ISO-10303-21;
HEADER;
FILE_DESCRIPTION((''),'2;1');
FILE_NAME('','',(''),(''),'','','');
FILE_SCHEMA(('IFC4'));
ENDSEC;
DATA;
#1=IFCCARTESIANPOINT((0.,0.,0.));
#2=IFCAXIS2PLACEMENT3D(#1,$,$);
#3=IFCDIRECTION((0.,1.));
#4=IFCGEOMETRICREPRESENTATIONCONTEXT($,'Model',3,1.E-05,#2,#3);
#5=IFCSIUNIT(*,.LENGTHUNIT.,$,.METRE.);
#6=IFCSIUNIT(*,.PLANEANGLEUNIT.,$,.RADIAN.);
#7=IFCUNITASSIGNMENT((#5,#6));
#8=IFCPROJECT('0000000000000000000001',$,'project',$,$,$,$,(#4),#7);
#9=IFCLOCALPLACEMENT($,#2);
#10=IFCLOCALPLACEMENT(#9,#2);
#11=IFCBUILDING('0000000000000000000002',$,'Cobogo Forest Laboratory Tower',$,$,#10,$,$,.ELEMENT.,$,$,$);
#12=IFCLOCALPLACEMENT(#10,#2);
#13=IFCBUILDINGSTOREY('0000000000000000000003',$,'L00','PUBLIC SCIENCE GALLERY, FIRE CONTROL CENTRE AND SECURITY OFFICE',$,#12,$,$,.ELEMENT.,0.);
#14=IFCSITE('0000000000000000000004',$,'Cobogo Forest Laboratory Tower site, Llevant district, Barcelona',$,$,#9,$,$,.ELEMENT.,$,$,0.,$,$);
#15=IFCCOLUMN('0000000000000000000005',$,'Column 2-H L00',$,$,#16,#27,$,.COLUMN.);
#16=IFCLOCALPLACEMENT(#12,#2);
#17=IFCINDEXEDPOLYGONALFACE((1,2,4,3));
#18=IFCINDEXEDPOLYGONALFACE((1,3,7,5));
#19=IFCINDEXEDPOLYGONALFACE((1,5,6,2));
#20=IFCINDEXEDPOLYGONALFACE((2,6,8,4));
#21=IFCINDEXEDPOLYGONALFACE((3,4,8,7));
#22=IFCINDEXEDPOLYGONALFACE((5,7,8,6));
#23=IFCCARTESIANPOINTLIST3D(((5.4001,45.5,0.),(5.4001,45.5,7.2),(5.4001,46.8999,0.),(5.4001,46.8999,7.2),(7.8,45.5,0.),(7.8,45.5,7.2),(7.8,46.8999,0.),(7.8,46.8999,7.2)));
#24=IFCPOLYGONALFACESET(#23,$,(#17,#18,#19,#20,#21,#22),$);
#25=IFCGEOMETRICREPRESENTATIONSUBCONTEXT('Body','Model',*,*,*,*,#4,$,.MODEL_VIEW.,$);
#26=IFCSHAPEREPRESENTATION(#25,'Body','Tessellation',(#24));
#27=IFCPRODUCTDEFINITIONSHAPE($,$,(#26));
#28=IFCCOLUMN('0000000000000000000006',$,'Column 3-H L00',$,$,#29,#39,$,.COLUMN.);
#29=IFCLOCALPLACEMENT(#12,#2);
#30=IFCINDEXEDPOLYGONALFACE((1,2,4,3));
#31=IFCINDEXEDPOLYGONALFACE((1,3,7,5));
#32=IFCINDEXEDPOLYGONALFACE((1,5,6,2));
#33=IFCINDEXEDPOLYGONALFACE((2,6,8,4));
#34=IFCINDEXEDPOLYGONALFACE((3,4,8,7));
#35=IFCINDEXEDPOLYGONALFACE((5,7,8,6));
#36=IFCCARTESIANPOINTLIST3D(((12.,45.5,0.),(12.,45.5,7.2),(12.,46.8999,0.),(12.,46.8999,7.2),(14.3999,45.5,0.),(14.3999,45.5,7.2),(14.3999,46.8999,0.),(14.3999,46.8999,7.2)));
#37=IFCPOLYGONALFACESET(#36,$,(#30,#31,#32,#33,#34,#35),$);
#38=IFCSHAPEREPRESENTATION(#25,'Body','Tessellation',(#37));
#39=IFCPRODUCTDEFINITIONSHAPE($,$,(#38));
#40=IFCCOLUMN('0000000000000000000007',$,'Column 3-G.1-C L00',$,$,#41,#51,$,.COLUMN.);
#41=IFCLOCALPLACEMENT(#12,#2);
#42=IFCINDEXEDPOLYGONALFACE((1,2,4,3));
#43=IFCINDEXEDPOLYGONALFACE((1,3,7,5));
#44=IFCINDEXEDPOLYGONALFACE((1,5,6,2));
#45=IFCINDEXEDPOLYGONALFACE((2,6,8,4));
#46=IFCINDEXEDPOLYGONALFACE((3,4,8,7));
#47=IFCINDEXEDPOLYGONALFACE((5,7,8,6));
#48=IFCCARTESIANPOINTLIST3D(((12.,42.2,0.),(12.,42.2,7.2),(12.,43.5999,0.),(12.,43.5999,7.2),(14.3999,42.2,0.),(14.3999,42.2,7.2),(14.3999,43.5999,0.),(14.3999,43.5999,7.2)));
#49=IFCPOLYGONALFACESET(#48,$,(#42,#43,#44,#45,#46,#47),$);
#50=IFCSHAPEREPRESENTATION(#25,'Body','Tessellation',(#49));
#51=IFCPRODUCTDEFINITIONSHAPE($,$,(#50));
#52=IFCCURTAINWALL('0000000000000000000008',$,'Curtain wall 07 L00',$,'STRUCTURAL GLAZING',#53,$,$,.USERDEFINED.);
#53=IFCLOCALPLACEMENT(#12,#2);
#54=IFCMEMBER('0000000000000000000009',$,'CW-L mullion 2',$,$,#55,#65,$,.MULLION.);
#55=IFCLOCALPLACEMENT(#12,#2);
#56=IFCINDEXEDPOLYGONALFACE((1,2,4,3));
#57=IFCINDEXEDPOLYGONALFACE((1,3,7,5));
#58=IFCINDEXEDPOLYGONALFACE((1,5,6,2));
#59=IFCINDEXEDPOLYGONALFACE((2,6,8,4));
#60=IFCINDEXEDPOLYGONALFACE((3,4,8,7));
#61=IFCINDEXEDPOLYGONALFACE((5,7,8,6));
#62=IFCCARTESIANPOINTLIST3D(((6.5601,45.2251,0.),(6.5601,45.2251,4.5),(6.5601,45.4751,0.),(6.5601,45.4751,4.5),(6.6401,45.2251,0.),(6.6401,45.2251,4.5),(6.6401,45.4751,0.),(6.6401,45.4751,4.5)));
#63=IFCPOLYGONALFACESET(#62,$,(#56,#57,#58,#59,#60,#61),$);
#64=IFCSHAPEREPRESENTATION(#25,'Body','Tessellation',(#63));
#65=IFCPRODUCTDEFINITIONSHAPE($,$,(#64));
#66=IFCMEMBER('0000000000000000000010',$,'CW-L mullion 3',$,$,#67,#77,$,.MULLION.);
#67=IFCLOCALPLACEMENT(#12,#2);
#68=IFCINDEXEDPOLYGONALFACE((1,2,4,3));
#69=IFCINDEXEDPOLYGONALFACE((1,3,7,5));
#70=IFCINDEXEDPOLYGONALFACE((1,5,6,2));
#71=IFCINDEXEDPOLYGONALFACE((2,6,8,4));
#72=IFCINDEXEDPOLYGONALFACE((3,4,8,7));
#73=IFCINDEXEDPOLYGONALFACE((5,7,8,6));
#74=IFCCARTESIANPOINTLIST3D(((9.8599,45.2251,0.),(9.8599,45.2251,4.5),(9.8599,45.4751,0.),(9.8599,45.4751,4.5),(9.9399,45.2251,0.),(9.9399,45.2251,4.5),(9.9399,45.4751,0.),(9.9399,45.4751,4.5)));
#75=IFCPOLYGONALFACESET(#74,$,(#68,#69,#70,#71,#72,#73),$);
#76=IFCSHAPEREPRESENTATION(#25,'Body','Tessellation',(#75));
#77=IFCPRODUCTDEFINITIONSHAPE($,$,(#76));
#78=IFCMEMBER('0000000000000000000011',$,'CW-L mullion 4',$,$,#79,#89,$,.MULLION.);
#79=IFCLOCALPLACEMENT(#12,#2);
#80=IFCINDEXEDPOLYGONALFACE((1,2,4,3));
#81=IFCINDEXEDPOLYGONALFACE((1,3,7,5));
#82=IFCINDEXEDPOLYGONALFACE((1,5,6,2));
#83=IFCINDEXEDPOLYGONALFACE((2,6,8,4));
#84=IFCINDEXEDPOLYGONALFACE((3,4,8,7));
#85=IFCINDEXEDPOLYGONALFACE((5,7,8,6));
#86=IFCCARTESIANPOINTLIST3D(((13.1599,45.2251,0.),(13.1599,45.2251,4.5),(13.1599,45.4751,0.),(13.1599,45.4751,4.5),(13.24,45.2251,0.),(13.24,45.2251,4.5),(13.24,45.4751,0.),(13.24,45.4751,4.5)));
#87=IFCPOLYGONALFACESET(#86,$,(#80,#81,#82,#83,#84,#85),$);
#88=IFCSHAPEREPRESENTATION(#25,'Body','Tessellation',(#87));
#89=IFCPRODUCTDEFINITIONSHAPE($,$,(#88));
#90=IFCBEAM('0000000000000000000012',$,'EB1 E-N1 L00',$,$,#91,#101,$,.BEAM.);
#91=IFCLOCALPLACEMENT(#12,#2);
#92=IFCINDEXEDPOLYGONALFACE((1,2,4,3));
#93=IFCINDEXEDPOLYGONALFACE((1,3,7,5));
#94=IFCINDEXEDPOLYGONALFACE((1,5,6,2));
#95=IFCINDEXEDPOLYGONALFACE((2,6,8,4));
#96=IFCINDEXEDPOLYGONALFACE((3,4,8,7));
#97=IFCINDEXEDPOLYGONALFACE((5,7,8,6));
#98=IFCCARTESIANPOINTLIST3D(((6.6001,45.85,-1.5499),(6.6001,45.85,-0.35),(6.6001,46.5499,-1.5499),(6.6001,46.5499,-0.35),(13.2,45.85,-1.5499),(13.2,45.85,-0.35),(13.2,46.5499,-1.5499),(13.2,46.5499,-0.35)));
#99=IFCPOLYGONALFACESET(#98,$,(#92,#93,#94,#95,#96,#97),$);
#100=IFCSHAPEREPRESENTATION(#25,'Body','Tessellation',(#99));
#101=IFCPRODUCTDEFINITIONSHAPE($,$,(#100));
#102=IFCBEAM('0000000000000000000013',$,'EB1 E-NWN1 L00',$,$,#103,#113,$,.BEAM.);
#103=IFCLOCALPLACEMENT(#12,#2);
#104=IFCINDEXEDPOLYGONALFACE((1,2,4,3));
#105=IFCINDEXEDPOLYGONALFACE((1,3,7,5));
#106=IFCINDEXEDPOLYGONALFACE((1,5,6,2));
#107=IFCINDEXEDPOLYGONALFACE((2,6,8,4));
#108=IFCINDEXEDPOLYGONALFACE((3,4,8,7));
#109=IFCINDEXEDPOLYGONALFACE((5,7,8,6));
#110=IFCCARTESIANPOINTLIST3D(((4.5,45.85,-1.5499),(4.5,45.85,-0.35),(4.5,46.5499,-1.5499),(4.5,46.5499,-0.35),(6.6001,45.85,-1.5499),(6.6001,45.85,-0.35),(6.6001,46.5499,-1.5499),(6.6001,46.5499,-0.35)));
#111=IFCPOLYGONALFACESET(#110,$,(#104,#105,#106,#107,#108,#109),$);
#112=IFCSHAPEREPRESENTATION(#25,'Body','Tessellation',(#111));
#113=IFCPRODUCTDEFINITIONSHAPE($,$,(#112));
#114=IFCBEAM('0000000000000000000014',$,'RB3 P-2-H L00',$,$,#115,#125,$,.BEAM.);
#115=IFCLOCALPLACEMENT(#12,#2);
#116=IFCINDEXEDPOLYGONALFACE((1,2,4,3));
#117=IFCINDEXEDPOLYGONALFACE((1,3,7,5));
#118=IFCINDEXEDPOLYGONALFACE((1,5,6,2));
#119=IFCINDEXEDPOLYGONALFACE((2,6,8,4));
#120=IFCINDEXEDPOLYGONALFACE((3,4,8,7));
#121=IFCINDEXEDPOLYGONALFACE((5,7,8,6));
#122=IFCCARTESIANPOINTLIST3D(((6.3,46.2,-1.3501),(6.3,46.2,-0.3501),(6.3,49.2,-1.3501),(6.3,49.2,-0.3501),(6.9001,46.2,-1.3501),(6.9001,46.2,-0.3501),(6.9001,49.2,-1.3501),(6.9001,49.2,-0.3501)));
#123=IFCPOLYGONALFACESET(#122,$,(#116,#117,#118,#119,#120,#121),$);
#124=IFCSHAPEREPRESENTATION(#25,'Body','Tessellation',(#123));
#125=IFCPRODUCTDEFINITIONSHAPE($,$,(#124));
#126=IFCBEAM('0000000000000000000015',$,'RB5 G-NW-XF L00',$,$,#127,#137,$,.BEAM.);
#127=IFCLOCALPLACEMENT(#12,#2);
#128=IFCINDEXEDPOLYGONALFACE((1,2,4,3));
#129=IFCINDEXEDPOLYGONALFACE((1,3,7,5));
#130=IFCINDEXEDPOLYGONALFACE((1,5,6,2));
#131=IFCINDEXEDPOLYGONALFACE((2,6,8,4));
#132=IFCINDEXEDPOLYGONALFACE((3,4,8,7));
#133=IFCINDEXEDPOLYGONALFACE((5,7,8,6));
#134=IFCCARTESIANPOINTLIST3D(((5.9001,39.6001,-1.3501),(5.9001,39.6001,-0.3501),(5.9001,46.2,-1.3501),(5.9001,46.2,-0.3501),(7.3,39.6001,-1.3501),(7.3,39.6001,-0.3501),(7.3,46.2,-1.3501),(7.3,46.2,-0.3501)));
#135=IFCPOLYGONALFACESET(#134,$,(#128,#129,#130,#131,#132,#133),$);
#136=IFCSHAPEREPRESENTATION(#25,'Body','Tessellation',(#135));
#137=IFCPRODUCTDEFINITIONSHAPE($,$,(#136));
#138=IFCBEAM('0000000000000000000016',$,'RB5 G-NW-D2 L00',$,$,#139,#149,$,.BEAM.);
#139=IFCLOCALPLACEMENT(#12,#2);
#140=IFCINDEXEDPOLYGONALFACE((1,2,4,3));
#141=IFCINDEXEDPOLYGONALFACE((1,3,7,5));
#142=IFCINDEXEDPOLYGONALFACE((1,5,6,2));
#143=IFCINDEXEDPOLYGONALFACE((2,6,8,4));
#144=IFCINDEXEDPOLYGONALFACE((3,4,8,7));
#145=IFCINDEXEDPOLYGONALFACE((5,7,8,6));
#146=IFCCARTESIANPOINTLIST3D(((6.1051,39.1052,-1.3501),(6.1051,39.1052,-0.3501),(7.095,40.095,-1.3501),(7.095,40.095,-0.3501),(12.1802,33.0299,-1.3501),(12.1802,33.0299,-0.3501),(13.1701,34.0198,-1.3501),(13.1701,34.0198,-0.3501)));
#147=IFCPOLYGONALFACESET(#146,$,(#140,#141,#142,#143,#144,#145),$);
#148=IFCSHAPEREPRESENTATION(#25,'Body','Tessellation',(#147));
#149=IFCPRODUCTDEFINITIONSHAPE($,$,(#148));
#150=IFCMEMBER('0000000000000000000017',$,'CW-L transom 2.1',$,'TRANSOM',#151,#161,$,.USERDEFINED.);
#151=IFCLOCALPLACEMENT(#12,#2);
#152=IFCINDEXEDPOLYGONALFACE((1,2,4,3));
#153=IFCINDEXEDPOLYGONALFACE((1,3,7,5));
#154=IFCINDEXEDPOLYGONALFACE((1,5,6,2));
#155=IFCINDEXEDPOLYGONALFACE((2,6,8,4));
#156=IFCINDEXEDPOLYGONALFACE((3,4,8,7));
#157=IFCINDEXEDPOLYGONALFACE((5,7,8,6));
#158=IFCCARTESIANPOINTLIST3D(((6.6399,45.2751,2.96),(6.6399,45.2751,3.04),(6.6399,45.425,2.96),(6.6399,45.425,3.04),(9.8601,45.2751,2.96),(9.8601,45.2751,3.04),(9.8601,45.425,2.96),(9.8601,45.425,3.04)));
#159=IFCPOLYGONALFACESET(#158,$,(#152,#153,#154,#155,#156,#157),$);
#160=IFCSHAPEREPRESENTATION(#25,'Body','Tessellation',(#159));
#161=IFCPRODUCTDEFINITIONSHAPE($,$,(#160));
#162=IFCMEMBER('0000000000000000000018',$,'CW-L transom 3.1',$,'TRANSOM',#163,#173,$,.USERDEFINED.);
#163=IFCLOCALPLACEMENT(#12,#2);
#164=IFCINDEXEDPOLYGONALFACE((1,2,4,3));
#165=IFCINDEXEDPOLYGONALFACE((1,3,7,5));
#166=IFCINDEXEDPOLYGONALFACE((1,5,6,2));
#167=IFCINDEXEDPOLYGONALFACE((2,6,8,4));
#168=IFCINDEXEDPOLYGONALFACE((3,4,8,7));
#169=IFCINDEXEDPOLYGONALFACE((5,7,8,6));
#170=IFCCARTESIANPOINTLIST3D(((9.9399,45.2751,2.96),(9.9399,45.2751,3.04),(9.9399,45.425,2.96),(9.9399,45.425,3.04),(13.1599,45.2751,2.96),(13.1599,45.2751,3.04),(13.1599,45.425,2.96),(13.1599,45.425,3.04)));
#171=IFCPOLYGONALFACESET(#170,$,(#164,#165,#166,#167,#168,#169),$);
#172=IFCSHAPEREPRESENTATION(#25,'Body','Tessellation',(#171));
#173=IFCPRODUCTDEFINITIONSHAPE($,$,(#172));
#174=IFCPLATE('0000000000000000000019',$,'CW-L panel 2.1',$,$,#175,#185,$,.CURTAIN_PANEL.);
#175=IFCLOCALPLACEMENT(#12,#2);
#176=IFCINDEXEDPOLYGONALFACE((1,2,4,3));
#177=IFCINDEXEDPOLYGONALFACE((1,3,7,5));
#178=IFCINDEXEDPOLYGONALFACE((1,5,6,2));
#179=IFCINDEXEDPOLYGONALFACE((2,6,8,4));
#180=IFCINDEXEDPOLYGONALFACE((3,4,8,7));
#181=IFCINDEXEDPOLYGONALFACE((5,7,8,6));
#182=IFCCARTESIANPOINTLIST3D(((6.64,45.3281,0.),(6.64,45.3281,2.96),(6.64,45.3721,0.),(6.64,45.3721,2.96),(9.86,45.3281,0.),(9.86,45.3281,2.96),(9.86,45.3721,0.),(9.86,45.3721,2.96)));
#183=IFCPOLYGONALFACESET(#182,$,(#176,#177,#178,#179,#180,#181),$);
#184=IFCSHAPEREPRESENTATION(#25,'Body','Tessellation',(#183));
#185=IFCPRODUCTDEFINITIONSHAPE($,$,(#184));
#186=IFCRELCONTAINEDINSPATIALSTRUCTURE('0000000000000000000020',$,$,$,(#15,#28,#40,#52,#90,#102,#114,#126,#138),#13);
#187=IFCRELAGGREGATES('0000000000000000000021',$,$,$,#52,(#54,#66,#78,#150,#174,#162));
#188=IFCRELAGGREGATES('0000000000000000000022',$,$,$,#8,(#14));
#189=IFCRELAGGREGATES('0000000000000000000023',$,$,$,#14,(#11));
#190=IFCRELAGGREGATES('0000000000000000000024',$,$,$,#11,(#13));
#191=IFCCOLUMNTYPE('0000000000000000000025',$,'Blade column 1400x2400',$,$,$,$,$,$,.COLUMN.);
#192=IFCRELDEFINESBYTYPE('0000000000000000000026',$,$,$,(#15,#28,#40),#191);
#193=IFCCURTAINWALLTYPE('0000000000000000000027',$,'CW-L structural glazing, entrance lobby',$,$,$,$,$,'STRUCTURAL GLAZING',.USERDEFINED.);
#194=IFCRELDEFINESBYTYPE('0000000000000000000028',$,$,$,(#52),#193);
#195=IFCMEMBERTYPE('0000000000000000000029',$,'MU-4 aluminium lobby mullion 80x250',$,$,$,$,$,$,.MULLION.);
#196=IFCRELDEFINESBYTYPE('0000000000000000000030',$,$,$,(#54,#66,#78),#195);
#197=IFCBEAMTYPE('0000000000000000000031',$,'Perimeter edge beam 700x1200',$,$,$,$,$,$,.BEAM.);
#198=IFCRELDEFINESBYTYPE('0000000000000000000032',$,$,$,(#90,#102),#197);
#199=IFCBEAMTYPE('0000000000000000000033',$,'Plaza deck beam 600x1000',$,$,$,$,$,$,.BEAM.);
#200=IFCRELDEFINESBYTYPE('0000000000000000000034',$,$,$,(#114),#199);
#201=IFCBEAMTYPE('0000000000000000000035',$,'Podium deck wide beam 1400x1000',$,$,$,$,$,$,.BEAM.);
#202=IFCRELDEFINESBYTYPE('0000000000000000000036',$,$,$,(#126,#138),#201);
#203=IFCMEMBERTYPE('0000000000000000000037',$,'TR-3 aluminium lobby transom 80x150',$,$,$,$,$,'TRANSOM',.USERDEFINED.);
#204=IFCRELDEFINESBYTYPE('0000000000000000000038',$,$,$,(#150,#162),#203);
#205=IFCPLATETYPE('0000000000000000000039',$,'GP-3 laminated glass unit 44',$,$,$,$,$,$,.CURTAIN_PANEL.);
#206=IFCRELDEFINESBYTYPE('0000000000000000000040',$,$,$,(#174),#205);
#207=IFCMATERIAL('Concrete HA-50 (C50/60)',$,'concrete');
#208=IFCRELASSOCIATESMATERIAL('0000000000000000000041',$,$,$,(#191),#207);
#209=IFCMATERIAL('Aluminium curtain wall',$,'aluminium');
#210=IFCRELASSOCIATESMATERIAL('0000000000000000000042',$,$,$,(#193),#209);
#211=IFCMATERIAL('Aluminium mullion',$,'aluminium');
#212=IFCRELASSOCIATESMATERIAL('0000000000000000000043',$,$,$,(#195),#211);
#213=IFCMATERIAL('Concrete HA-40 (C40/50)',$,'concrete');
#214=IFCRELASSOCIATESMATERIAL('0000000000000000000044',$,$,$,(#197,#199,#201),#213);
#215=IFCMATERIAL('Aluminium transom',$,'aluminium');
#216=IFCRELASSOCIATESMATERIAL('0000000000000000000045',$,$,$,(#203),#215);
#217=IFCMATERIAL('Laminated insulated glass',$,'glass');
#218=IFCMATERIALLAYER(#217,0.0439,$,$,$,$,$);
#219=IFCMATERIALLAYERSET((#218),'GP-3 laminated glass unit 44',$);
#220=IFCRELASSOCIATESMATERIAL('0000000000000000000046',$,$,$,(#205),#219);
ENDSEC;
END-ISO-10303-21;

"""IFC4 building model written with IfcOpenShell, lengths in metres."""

from ifc_helpers import new_model, si_unit, direction, frame, origin, origin_2d, place, context, subcontext, project, spatial, rectangle, extrude, material, layer, layer_set, material_profile, profile_set, type_object, element, aggregate, save


model = new_model("IFC4")

# Units and contexts
model_context = context("Model", 3, precision=1e-05, world=origin(), true_north=direction((0.0, 1.0)))
body_context = subcontext(model_context, "Body", "Model", "MODEL_VIEW")
ifc_project = project(units=[si_unit("LENGTHUNIT", "METRE"), si_unit("PLANEANGLEUNIT", "RADIAN")], contexts=[model_context])

# Site, building, storey
site_placement = place(None, origin())
site = spatial("IfcSite", under=ifc_project, at=site_placement, Name="Cobogo Forest Laboratory Tower site, Llevant district, Barcelona", CompositionType="ELEMENT", RefElevation=0.0)
building_placement = place(site_placement, origin())
building = spatial("IfcBuilding", under=site, at=building_placement, Name="Cobogo Forest Laboratory Tower", CompositionType="ELEMENT")
storey_placement = place(building_placement, origin())
storey = spatial("IfcBuildingStorey", under=building, at=storey_placement, Name="L00", Description="PUBLIC SCIENCE GALLERY, FIRE CONTROL CENTRE AND SECURITY OFFICE", CompositionType="ELEMENT", Elevation=0.0)

# Columns
ifc_material_1 = material(Name="Concrete HA-50 (C50/60)", Category="concrete")
ifc_material_profile_1 = material_profile(ifc_material_1, rectangle(XDim=2.3999, YDim=1.3999, at=origin_2d()), Name="RC 1400x2400")
ifc_profile_set_1 = profile_set([ifc_material_profile_1], Name="Concrete HA-50 (C50/60)")
column_type = type_object("IfcColumnType", Name="Blade column 1400x2400", PredefinedType="COLUMN", material=ifc_profile_set_1)
for number, where, z_axis, x_axis, name in (
    (1, (6.6001, 46.2, 0.0), (0.0, 0.0, 1.0), (1.0, 0.0, 0.0), "Column 2-H L00"),
    (2, (13.2, 46.2, 0.0), (0.0, 0.0, 1.0), (1.0, 0.0, 0.0), "Column 3-H L00"),
    (3, (13.2, 42.8999, 0.0), (0.0, 0.0, 1.0), (1.0, 0.0, 0.0), "Column 3-G.1-C L00"),
):
    element("IfcColumn", number, at=place(storey_placement, frame(where, z_axis=z_axis, x_axis=x_axis)), inside=storey, type_object=column_type, Name=name, PredefinedType="COLUMN", context=body_context, shape_type="SweptSolid", body=[
        extrude(rectangle(XDim=2.3999, YDim=1.3999, at=origin_2d()), origin(), (0.0, 0.0, 1.0), 7.2),
    ])

# Curtain wall, members
ifc_material_2 = material(Name="Aluminium curtain wall", Category="aluminium")
curtain_wall_type = type_object("IfcCurtainWallType", Name="CW-L structural glazing, entrance lobby", ElementType="STRUCTURAL GLAZING", PredefinedType="USERDEFINED", material=ifc_material_2)
curtain_wall_placement = place(storey_placement, origin())
curtain_wall = element("IfcCurtainWall", 4, at=curtain_wall_placement, inside=storey, type_object=curtain_wall_type, Name="Curtain wall 07 L00", ObjectType="STRUCTURAL GLAZING", PredefinedType="USERDEFINED")
ifc_material_3 = material(Name="Aluminium mullion", Category="aluminium")
ifc_material_profile_2 = material_profile(ifc_material_3, rectangle(XDim=0.0801, YDim=0.25, at=origin_2d()), Name="AL 80x250")
ifc_profile_set_2 = profile_set([ifc_material_profile_2], Name="Aluminium mullion")
member_type_1 = type_object("IfcMemberType", Name="MU-4 aluminium lobby mullion 80x250", PredefinedType="MULLION", material=ifc_profile_set_2)
member_1_placement = place(storey_placement, frame((6.6001, 45.3501, 0.0), z_axis=(0.0, 0.0, 1.0), x_axis=(1.0, 0.0, 0.0)))
member_1 = element("IfcMember", 5, at=member_1_placement, type_object=member_type_1, Name="CW-L mullion 2", PredefinedType="MULLION", context=body_context, shape_type="SweptSolid", body=[
    extrude(rectangle(XDim=0.0801, YDim=0.25, at=origin_2d()), origin(), (0.0, 0.0, 1.0), 4.5),
])
member_2_placement = place(storey_placement, frame((9.8999, 45.3501, 0.0), z_axis=(0.0, 0.0, 1.0), x_axis=(1.0, 0.0, 0.0)))
member_2 = element("IfcMember", 6, at=member_2_placement, type_object=member_type_1, Name="CW-L mullion 3", PredefinedType="MULLION", context=body_context, shape_type="SweptSolid", body=[
    extrude(rectangle(XDim=0.0801, YDim=0.25, at=origin_2d()), origin(), (0.0, 0.0, 1.0), 4.5),
])
member_3_placement = place(storey_placement, frame((13.2, 45.3501, 0.0), z_axis=(0.0, 0.0, 1.0), x_axis=(1.0, 0.0, 0.0)))
member_3 = element("IfcMember", 7, at=member_3_placement, type_object=member_type_1, Name="CW-L mullion 4", PredefinedType="MULLION", context=body_context, shape_type="SweptSolid", body=[
    extrude(rectangle(XDim=0.0801, YDim=0.25, at=origin_2d()), origin(), (0.0, 0.0, 1.0), 4.5),
])

# Beams
ifc_material_4 = material(Name="Concrete HA-40 (C40/50)", Category="concrete")
ifc_material_profile_3 = material_profile(ifc_material_4, rectangle(XDim=0.7, YDim=1.2, at=origin_2d()), Name="RC 700x1200")
ifc_profile_set_3 = profile_set([ifc_material_profile_3], Name="Concrete HA-40 (C40/50)")
beam_type_1 = type_object("IfcBeamType", Name="Perimeter edge beam 700x1200", PredefinedType="BEAM", material=ifc_profile_set_3)
beam_1_placement = place(storey_placement, frame((6.6001, 46.2, -0.95), z_axis=(1.0, 0.0, 0.0), x_axis=(0.0, 1.0, 0.0)))
element("IfcBeam", 8, at=beam_1_placement, inside=storey, type_object=beam_type_1, Name="EB1 E-N1 L00", PredefinedType="BEAM", context=body_context, shape_type="SweptSolid", body=[
    extrude(rectangle(XDim=0.7, YDim=1.2, at=origin_2d()), origin(), (0.0, 0.0, 1.0), 6.5999),
])
beam_2_placement = place(storey_placement, frame((6.6001, 46.2, -0.95), z_axis=(-1.0, 0.0, 0.0), x_axis=(0.0, -1.0, 0.0)))
element("IfcBeam", 9, at=beam_2_placement, inside=storey, type_object=beam_type_1, Name="EB1 E-NWN1 L00", PredefinedType="BEAM", context=body_context, shape_type="SweptSolid", body=[
    extrude(rectangle(XDim=0.7, YDim=1.2, at=origin_2d()), origin(), (0.0, 0.0, 1.0), 2.1001),
])
ifc_material_profile_4 = material_profile(ifc_material_4, rectangle(XDim=0.6001, YDim=1.0, at=origin_2d()), Name="RC 600x1000")
ifc_profile_set_4 = profile_set([ifc_material_profile_4], Name="Concrete HA-40 (C40/50)")
beam_type_2 = type_object("IfcBeamType", Name="Plaza deck beam 600x1000", PredefinedType="BEAM", material=ifc_profile_set_4)
beam_3_placement = place(storey_placement, frame((6.6001, 46.2, -0.8501), z_axis=(0.0, 1.0, 0.0), x_axis=(-1.0, 0.0, 0.0)))
element("IfcBeam", 10, at=beam_3_placement, inside=storey, type_object=beam_type_2, Name="RB3 P-2-H L00", PredefinedType="BEAM", context=body_context, shape_type="SweptSolid", body=[
    extrude(rectangle(XDim=0.6001, YDim=1.0, at=origin_2d()), origin(), (0.0, 0.0, 1.0), 3.0),
])
ifc_material_profile_5 = material_profile(ifc_material_4, rectangle(XDim=1.3999, YDim=1.0, at=origin_2d()), Name="RC 1400x1000")
ifc_profile_set_5 = profile_set([ifc_material_profile_5], Name="Concrete HA-40 (C40/50)")
beam_type_3 = type_object("IfcBeamType", Name="Podium deck wide beam 1400x1000", PredefinedType="BEAM", material=ifc_profile_set_5)
beam_4_placement = place(storey_placement, frame((6.6001, 46.2, -0.8501), z_axis=(0.0, -1.0, 0.0), x_axis=(1.0, 0.0, 0.0)))
element("IfcBeam", 11, at=beam_4_placement, inside=storey, type_object=beam_type_3, Name="RB5 G-NW-XF L00", PredefinedType="BEAM", context=body_context, shape_type="SweptSolid", body=[
    extrude(rectangle(XDim=1.3999, YDim=1.0, at=origin_2d()), origin(), (0.0, 0.0, 1.0), 6.5999),
])
beam_5_placement = place(storey_placement, frame((6.6001, 39.6001, -0.8501), z_axis=(0.707093, -0.707121, 0.0), x_axis=(0.707121, 0.707093, 0.0)))
element("IfcBeam", 12, at=beam_5_placement, inside=storey, type_object=beam_type_3, Name="RB5 G-NW-D2 L00", PredefinedType="BEAM", context=body_context, shape_type="SweptSolid", body=[
    extrude(rectangle(XDim=1.3999, YDim=1.0, at=origin_2d()), origin(), (0.0, 0.0, 1.0), 8.5916),
])

# Members
ifc_material_5 = material(Name="Aluminium transom", Category="aluminium")
ifc_material_profile_6 = material_profile(ifc_material_5, rectangle(XDim=0.1499, YDim=0.0801, at=origin_2d()), Name="AL 80x150")
ifc_profile_set_6 = profile_set([ifc_material_profile_6], Name="Aluminium transom")
member_type_2 = type_object("IfcMemberType", Name="TR-3 aluminium lobby transom 80x150", ElementType="TRANSOM", PredefinedType="USERDEFINED", material=ifc_profile_set_6)
member_4_placement = place(storey_placement, frame((6.6399, 45.3501, 3.0), z_axis=(1.0, 0.0, 0.0), x_axis=(0.0, 1.0, 0.0)))
member_4 = element("IfcMember", 13, at=member_4_placement, type_object=member_type_2, Name="CW-L transom 2.1", ObjectType="TRANSOM", PredefinedType="USERDEFINED", context=body_context, shape_type="SweptSolid", body=[
    extrude(rectangle(XDim=0.1499, YDim=0.0801, at=origin_2d()), origin(), (0.0, 0.0, 1.0), 3.2202),
])
member_5_placement = place(storey_placement, frame((9.9399, 45.3501, 3.0), z_axis=(1.0, 0.0, 0.0), x_axis=(0.0, 1.0, 0.0)))
member_5 = element("IfcMember", 14, at=member_5_placement, type_object=member_type_2, Name="CW-L transom 3.1", ObjectType="TRANSOM", PredefinedType="USERDEFINED", context=body_context, shape_type="SweptSolid", body=[
    extrude(rectangle(XDim=0.1499, YDim=0.0801, at=origin_2d()), origin(), (0.0, 0.0, 1.0), 3.22),
])

# Plate
ifc_material_6 = material(Name="Laminated insulated glass", Category="glass")
ifc_layer_1 = layer(ifc_material_6, 0.0439)
ifc_layer_set_1 = layer_set([ifc_layer_1], Name="GP-3 laminated glass unit 44")
plate_type = type_object("IfcPlateType", Name="GP-3 laminated glass unit 44", PredefinedType="CURTAIN_PANEL", material=ifc_layer_set_1)
plate_1_placement = place(storey_placement, frame((8.25, 45.3501, 0.0), z_axis=(0.0, 0.0, 1.0), x_axis=(1.0, 0.0, 0.0)))
plate_1 = element("IfcPlate", 15, at=plate_1_placement, type_object=plate_type, Name="CW-L panel 2.1", PredefinedType="CURTAIN_PANEL", context=body_context, shape_type="SweptSolid", body=[
    extrude(rectangle(XDim=3.22, YDim=0.0439, at=origin_2d()), origin(), (0.0, 0.0, 1.0), 2.96),
])
aggregate(curtain_wall, [member_1, member_2, member_3, member_4, plate_1, member_5])

save(model, "model.ifc")
